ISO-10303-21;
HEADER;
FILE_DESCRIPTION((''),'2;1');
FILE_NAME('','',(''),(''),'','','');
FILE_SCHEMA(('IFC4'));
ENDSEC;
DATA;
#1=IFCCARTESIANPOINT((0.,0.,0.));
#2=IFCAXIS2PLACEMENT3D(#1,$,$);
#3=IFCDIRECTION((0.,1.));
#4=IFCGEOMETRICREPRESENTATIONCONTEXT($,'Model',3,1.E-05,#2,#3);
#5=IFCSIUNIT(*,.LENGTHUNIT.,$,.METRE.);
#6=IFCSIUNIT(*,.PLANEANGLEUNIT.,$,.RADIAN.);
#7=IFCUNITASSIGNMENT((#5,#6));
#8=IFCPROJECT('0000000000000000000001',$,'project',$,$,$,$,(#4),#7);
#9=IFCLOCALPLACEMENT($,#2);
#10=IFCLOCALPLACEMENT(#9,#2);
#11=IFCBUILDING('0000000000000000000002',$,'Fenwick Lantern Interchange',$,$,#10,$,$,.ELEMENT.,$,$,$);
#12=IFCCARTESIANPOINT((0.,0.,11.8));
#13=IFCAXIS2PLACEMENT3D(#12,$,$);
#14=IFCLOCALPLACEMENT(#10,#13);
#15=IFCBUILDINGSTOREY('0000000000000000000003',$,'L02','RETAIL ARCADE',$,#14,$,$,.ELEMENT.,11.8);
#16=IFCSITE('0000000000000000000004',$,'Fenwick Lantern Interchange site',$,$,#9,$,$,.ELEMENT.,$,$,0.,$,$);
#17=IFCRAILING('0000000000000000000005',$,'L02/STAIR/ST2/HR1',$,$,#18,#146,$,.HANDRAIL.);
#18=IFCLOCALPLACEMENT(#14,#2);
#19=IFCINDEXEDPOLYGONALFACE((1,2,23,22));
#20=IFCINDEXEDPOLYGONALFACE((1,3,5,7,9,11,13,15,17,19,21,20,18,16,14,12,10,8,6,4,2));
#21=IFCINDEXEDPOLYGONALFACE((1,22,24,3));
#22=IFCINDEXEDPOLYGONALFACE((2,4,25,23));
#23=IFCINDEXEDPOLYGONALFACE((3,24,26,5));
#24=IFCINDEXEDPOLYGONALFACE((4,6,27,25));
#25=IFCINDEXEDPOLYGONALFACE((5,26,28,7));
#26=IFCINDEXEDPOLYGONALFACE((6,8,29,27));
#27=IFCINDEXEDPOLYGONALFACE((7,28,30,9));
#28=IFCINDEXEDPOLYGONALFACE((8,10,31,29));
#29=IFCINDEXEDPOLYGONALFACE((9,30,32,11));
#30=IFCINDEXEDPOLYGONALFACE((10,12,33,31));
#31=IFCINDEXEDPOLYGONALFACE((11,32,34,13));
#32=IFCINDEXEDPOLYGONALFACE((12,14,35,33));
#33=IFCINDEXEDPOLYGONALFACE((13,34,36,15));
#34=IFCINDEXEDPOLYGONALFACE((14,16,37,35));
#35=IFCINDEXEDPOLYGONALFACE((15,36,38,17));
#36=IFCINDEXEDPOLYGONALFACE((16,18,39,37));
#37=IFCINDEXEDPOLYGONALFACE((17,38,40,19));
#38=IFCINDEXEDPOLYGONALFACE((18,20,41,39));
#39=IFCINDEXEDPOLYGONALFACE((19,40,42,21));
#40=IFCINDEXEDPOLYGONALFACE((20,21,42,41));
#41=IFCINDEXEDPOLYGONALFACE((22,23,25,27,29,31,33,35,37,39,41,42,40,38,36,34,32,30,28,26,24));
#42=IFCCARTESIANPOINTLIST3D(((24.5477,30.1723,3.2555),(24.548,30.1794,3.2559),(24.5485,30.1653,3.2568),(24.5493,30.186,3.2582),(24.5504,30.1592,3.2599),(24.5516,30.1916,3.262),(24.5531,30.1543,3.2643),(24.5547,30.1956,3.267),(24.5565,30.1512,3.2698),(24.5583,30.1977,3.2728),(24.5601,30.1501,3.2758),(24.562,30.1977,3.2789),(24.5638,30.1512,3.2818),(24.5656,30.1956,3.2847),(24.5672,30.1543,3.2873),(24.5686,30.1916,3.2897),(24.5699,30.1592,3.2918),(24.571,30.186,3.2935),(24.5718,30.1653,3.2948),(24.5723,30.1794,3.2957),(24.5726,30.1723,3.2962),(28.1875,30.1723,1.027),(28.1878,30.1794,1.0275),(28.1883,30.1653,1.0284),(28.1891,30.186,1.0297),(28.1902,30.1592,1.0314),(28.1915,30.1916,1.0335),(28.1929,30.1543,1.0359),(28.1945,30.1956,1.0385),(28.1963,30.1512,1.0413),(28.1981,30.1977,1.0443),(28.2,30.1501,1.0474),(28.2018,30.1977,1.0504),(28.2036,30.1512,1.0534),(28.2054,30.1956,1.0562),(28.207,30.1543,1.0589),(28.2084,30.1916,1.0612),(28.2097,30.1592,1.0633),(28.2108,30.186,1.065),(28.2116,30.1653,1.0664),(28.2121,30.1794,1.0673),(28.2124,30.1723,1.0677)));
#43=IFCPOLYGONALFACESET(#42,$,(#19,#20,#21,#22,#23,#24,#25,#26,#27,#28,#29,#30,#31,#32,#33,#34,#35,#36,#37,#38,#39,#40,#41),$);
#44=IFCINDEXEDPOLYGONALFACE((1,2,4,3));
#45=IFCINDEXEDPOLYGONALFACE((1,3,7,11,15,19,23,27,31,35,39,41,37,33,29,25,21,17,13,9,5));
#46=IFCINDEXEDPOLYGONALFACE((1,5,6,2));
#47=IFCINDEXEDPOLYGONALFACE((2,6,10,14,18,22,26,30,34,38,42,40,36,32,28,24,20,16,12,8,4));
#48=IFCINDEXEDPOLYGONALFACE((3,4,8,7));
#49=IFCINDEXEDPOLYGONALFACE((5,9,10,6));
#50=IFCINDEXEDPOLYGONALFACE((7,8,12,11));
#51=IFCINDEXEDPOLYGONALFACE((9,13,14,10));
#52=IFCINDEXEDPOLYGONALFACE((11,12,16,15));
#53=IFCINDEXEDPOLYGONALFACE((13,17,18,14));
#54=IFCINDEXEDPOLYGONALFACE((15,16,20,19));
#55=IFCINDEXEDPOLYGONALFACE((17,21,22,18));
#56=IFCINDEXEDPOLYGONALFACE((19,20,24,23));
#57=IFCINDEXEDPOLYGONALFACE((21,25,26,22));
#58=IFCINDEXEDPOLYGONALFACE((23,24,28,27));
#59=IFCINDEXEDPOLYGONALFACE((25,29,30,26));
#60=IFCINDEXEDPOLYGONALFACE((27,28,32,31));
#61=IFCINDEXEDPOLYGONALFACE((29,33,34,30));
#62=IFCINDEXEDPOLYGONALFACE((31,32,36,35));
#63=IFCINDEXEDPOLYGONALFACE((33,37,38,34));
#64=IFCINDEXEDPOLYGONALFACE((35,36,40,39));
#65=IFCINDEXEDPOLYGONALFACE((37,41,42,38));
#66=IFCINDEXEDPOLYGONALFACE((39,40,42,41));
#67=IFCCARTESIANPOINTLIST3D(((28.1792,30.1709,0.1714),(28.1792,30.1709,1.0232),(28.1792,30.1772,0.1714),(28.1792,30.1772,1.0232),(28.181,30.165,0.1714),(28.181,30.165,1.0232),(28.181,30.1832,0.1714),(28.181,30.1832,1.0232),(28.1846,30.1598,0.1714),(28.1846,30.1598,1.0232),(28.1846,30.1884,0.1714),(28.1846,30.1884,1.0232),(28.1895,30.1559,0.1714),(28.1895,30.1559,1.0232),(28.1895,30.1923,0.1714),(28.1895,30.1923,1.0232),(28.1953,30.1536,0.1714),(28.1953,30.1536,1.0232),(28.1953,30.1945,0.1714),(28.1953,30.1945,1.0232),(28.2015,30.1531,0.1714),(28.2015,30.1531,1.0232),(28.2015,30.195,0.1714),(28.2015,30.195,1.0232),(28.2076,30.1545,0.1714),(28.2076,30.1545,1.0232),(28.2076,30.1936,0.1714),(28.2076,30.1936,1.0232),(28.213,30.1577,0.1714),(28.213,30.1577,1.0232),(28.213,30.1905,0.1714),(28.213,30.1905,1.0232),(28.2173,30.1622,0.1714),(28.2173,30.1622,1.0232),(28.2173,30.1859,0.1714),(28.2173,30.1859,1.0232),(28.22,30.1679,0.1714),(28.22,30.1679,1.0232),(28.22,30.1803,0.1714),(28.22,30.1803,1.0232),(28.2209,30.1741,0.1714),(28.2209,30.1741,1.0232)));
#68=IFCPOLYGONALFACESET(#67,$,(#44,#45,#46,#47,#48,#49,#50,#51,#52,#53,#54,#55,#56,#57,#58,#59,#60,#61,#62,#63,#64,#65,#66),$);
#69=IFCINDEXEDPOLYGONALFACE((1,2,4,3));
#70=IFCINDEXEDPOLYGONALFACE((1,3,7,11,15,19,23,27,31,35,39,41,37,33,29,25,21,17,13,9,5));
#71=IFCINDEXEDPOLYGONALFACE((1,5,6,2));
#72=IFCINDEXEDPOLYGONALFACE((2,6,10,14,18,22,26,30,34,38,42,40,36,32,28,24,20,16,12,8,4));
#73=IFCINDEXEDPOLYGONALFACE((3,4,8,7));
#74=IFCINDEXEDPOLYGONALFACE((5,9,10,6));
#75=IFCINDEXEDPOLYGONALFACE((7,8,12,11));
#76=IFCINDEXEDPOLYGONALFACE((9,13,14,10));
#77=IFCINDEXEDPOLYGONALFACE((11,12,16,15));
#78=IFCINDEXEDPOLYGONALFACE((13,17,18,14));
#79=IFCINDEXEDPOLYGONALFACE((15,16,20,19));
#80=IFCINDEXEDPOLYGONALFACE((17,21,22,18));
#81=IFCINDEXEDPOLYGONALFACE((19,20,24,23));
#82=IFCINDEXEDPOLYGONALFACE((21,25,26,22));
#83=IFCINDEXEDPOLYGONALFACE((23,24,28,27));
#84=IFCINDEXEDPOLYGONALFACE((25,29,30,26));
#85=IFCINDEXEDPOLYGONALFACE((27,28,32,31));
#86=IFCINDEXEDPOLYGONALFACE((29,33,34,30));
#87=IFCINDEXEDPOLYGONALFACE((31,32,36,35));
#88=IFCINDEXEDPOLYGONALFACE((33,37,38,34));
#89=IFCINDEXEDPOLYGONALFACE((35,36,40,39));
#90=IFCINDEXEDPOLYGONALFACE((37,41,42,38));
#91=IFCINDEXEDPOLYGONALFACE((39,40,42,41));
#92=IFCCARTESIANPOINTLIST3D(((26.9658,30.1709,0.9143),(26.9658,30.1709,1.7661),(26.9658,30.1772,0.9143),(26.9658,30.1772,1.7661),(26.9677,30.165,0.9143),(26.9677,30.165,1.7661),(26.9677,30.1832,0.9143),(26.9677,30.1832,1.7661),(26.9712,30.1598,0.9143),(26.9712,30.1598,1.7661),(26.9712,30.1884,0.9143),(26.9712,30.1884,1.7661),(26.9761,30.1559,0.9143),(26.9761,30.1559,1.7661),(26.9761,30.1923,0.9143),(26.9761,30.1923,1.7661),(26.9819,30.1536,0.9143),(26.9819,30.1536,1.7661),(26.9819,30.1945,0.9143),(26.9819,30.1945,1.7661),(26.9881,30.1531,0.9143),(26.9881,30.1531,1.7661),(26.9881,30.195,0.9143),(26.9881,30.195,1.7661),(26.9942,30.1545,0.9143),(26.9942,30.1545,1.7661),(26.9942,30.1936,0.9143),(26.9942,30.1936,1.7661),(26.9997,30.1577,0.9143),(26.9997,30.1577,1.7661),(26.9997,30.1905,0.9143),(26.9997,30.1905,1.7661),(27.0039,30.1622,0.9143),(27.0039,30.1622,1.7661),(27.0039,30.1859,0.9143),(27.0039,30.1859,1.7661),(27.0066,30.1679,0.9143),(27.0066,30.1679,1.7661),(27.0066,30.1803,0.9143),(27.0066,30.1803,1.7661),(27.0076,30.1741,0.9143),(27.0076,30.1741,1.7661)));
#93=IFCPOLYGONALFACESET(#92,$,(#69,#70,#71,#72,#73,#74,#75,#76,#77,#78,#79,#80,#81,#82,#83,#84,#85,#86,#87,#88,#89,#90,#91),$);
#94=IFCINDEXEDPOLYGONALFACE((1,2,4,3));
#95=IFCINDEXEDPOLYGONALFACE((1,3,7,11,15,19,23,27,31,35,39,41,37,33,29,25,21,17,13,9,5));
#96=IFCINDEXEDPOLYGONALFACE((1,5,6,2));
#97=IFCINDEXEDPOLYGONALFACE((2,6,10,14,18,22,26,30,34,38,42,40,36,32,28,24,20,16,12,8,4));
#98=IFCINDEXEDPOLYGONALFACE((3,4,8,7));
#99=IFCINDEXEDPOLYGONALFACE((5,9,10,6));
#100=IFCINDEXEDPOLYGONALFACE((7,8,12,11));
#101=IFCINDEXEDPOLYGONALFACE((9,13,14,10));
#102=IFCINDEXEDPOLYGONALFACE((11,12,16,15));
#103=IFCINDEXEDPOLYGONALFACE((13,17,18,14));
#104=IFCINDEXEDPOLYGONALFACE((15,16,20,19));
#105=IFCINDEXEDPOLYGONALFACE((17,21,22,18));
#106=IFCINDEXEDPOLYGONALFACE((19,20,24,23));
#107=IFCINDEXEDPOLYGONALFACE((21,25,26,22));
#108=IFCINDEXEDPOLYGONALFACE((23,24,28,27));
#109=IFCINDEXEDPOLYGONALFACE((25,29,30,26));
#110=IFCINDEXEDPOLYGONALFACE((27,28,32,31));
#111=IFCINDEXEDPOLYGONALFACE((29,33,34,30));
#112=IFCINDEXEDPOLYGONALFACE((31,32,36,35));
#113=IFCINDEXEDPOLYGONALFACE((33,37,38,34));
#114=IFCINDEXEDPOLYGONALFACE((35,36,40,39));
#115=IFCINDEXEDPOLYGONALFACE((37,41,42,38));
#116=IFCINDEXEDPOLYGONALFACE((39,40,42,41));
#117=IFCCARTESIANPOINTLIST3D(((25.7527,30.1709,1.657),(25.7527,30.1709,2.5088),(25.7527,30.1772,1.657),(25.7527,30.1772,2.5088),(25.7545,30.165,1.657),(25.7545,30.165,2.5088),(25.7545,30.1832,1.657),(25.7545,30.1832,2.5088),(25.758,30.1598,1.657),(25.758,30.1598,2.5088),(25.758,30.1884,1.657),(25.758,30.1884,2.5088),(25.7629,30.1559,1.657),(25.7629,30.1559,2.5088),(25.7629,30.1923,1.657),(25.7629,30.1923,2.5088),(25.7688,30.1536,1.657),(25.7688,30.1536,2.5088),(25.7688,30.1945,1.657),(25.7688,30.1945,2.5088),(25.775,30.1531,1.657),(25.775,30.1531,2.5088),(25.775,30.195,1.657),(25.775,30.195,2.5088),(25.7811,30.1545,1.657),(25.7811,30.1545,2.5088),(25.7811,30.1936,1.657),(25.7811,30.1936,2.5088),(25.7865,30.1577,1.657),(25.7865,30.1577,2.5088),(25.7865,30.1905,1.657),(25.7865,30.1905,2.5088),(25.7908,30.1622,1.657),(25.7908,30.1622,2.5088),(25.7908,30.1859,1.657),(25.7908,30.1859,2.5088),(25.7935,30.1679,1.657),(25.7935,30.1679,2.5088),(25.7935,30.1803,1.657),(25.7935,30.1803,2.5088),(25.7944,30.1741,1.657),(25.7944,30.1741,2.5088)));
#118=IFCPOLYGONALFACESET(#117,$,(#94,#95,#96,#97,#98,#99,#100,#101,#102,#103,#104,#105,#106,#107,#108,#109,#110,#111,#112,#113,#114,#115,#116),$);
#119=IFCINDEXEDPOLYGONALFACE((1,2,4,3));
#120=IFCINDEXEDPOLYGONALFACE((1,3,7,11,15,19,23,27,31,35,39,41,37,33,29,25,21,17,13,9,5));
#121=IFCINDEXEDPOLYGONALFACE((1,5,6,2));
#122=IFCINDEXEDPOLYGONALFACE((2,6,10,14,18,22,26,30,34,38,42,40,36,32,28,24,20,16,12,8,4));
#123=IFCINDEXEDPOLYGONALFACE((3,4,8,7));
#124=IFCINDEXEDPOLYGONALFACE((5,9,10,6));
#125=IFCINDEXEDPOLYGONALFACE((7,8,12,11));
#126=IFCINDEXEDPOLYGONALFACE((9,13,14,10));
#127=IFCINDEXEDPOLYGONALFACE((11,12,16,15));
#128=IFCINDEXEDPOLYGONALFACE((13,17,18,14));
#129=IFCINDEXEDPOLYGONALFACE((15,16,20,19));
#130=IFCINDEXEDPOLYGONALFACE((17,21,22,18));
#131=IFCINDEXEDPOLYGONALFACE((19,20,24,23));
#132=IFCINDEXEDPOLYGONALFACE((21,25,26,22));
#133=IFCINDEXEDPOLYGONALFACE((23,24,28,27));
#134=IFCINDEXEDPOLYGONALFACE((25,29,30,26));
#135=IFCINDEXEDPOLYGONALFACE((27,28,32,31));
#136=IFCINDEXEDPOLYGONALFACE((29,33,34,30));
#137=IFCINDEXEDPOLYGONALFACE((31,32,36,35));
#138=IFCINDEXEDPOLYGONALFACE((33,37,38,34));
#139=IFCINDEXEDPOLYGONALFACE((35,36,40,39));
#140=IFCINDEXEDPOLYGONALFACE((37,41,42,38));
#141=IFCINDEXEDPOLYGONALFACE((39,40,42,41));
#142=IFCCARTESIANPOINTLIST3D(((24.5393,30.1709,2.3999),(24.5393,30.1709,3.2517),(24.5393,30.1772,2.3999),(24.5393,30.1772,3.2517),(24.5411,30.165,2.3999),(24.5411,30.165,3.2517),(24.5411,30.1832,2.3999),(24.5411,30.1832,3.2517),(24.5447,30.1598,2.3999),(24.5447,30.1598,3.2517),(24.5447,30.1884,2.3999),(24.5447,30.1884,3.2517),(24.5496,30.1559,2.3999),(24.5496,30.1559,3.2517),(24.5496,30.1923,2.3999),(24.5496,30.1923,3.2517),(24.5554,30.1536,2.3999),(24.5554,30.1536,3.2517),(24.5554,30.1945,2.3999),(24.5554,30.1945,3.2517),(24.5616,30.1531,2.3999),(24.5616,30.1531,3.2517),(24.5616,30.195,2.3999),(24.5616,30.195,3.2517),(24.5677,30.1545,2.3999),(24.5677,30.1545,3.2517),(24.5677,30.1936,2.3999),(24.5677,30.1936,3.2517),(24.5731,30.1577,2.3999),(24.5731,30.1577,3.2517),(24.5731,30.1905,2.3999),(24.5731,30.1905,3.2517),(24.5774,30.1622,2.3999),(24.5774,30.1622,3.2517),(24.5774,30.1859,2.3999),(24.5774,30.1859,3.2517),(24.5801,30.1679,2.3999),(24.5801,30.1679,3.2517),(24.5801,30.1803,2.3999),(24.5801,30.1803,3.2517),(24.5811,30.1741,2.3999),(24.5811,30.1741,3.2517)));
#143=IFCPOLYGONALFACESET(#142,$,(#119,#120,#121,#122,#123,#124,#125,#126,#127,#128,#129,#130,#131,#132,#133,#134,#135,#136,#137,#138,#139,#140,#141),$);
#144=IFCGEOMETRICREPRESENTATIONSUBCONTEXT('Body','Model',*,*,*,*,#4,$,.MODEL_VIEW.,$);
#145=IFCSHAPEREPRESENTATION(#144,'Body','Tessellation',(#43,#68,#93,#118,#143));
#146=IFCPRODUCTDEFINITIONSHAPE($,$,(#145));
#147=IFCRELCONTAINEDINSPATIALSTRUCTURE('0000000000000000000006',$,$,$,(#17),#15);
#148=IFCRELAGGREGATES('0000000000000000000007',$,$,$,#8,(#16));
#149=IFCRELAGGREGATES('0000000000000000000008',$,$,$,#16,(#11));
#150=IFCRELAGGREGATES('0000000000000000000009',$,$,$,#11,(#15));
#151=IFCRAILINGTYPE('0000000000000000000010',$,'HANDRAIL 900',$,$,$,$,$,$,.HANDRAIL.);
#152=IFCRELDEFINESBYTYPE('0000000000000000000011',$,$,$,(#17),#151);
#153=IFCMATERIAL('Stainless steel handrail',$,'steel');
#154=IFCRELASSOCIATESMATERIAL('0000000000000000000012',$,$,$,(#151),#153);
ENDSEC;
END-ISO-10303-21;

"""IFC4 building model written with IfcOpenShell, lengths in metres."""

from ifc_helpers import new_model, si_unit, direction, frame, origin, origin_2d, place, context, subcontext, project, spatial, circle, extrude, material, type_object, element, save


model = new_model("IFC4")

# Units and contexts
model_context = context("Model", 3, precision=1e-05, world=origin(), true_north=direction((0.0, 1.0)))
body_context = subcontext(model_context, "Body", "Model", "MODEL_VIEW")
ifc_project = project(units=[si_unit("LENGTHUNIT", "METRE"), si_unit("PLANEANGLEUNIT", "RADIAN")], contexts=[model_context])

# Site, building, storey
site_placement = place(None, origin())
site = spatial("IfcSite", under=ifc_project, at=site_placement, Name="Fenwick Lantern Interchange site", CompositionType="ELEMENT", RefElevation=0.0)
building_placement = place(site_placement, origin())
building = spatial("IfcBuilding", under=site, at=building_placement, Name="Fenwick Lantern Interchange", CompositionType="ELEMENT")
storey_placement = place(building_placement, frame((0.0, 0.0, 11.8)))
storey = spatial("IfcBuildingStorey", under=building, at=storey_placement, Name="L02", Description="RETAIL ARCADE", CompositionType="ELEMENT", Elevation=11.8)

# Railing
ifc_material_1 = material(Name="Stainless steel handrail", Category="steel")
railing_type = type_object("IfcRailingType", Name="HANDRAIL 900", PredefinedType="HANDRAIL", material=ifc_material_1)
railing_1_placement = place(storey_placement, frame((28.2, 30.1741, 0.1714)))
element("IfcRailing", 1, at=railing_1_placement, inside=storey, type_object=railing_type, Name="L02/STAIR/ST2/HR1", PredefinedType="HANDRAIL", context=body_context, shape_type="SweptSolid", body=[
    extrude(circle(Radius=0.0239, at=origin_2d()), frame((0.0, 0.0, 0.876), z_axis=(-0.85285, 0.0, 0.522156), x_axis=(0.0, -1.0, 0.0)), (0.0, 0.0, 1.0), 4.2678),
    extrude(circle(Radius=0.021, at=origin_2d()), origin(), (0.0, 0.0, 1.0), 0.8518),
    extrude(circle(Radius=0.021, at=origin_2d()), frame((-1.2134, 0.0, 0.7429)), (0.0, 0.0, 1.0), 0.8518),
    extrude(circle(Radius=0.021, at=origin_2d()), frame((-2.4265, 0.0, 1.4856)), (0.0, 0.0, 1.0), 0.8518),
    extrude(circle(Radius=0.021, at=origin_2d()), frame((-3.6399, 0.0, 2.2285)), (0.0, 0.0, 1.0), 0.8518),
])

save(model, "model.ifc")
